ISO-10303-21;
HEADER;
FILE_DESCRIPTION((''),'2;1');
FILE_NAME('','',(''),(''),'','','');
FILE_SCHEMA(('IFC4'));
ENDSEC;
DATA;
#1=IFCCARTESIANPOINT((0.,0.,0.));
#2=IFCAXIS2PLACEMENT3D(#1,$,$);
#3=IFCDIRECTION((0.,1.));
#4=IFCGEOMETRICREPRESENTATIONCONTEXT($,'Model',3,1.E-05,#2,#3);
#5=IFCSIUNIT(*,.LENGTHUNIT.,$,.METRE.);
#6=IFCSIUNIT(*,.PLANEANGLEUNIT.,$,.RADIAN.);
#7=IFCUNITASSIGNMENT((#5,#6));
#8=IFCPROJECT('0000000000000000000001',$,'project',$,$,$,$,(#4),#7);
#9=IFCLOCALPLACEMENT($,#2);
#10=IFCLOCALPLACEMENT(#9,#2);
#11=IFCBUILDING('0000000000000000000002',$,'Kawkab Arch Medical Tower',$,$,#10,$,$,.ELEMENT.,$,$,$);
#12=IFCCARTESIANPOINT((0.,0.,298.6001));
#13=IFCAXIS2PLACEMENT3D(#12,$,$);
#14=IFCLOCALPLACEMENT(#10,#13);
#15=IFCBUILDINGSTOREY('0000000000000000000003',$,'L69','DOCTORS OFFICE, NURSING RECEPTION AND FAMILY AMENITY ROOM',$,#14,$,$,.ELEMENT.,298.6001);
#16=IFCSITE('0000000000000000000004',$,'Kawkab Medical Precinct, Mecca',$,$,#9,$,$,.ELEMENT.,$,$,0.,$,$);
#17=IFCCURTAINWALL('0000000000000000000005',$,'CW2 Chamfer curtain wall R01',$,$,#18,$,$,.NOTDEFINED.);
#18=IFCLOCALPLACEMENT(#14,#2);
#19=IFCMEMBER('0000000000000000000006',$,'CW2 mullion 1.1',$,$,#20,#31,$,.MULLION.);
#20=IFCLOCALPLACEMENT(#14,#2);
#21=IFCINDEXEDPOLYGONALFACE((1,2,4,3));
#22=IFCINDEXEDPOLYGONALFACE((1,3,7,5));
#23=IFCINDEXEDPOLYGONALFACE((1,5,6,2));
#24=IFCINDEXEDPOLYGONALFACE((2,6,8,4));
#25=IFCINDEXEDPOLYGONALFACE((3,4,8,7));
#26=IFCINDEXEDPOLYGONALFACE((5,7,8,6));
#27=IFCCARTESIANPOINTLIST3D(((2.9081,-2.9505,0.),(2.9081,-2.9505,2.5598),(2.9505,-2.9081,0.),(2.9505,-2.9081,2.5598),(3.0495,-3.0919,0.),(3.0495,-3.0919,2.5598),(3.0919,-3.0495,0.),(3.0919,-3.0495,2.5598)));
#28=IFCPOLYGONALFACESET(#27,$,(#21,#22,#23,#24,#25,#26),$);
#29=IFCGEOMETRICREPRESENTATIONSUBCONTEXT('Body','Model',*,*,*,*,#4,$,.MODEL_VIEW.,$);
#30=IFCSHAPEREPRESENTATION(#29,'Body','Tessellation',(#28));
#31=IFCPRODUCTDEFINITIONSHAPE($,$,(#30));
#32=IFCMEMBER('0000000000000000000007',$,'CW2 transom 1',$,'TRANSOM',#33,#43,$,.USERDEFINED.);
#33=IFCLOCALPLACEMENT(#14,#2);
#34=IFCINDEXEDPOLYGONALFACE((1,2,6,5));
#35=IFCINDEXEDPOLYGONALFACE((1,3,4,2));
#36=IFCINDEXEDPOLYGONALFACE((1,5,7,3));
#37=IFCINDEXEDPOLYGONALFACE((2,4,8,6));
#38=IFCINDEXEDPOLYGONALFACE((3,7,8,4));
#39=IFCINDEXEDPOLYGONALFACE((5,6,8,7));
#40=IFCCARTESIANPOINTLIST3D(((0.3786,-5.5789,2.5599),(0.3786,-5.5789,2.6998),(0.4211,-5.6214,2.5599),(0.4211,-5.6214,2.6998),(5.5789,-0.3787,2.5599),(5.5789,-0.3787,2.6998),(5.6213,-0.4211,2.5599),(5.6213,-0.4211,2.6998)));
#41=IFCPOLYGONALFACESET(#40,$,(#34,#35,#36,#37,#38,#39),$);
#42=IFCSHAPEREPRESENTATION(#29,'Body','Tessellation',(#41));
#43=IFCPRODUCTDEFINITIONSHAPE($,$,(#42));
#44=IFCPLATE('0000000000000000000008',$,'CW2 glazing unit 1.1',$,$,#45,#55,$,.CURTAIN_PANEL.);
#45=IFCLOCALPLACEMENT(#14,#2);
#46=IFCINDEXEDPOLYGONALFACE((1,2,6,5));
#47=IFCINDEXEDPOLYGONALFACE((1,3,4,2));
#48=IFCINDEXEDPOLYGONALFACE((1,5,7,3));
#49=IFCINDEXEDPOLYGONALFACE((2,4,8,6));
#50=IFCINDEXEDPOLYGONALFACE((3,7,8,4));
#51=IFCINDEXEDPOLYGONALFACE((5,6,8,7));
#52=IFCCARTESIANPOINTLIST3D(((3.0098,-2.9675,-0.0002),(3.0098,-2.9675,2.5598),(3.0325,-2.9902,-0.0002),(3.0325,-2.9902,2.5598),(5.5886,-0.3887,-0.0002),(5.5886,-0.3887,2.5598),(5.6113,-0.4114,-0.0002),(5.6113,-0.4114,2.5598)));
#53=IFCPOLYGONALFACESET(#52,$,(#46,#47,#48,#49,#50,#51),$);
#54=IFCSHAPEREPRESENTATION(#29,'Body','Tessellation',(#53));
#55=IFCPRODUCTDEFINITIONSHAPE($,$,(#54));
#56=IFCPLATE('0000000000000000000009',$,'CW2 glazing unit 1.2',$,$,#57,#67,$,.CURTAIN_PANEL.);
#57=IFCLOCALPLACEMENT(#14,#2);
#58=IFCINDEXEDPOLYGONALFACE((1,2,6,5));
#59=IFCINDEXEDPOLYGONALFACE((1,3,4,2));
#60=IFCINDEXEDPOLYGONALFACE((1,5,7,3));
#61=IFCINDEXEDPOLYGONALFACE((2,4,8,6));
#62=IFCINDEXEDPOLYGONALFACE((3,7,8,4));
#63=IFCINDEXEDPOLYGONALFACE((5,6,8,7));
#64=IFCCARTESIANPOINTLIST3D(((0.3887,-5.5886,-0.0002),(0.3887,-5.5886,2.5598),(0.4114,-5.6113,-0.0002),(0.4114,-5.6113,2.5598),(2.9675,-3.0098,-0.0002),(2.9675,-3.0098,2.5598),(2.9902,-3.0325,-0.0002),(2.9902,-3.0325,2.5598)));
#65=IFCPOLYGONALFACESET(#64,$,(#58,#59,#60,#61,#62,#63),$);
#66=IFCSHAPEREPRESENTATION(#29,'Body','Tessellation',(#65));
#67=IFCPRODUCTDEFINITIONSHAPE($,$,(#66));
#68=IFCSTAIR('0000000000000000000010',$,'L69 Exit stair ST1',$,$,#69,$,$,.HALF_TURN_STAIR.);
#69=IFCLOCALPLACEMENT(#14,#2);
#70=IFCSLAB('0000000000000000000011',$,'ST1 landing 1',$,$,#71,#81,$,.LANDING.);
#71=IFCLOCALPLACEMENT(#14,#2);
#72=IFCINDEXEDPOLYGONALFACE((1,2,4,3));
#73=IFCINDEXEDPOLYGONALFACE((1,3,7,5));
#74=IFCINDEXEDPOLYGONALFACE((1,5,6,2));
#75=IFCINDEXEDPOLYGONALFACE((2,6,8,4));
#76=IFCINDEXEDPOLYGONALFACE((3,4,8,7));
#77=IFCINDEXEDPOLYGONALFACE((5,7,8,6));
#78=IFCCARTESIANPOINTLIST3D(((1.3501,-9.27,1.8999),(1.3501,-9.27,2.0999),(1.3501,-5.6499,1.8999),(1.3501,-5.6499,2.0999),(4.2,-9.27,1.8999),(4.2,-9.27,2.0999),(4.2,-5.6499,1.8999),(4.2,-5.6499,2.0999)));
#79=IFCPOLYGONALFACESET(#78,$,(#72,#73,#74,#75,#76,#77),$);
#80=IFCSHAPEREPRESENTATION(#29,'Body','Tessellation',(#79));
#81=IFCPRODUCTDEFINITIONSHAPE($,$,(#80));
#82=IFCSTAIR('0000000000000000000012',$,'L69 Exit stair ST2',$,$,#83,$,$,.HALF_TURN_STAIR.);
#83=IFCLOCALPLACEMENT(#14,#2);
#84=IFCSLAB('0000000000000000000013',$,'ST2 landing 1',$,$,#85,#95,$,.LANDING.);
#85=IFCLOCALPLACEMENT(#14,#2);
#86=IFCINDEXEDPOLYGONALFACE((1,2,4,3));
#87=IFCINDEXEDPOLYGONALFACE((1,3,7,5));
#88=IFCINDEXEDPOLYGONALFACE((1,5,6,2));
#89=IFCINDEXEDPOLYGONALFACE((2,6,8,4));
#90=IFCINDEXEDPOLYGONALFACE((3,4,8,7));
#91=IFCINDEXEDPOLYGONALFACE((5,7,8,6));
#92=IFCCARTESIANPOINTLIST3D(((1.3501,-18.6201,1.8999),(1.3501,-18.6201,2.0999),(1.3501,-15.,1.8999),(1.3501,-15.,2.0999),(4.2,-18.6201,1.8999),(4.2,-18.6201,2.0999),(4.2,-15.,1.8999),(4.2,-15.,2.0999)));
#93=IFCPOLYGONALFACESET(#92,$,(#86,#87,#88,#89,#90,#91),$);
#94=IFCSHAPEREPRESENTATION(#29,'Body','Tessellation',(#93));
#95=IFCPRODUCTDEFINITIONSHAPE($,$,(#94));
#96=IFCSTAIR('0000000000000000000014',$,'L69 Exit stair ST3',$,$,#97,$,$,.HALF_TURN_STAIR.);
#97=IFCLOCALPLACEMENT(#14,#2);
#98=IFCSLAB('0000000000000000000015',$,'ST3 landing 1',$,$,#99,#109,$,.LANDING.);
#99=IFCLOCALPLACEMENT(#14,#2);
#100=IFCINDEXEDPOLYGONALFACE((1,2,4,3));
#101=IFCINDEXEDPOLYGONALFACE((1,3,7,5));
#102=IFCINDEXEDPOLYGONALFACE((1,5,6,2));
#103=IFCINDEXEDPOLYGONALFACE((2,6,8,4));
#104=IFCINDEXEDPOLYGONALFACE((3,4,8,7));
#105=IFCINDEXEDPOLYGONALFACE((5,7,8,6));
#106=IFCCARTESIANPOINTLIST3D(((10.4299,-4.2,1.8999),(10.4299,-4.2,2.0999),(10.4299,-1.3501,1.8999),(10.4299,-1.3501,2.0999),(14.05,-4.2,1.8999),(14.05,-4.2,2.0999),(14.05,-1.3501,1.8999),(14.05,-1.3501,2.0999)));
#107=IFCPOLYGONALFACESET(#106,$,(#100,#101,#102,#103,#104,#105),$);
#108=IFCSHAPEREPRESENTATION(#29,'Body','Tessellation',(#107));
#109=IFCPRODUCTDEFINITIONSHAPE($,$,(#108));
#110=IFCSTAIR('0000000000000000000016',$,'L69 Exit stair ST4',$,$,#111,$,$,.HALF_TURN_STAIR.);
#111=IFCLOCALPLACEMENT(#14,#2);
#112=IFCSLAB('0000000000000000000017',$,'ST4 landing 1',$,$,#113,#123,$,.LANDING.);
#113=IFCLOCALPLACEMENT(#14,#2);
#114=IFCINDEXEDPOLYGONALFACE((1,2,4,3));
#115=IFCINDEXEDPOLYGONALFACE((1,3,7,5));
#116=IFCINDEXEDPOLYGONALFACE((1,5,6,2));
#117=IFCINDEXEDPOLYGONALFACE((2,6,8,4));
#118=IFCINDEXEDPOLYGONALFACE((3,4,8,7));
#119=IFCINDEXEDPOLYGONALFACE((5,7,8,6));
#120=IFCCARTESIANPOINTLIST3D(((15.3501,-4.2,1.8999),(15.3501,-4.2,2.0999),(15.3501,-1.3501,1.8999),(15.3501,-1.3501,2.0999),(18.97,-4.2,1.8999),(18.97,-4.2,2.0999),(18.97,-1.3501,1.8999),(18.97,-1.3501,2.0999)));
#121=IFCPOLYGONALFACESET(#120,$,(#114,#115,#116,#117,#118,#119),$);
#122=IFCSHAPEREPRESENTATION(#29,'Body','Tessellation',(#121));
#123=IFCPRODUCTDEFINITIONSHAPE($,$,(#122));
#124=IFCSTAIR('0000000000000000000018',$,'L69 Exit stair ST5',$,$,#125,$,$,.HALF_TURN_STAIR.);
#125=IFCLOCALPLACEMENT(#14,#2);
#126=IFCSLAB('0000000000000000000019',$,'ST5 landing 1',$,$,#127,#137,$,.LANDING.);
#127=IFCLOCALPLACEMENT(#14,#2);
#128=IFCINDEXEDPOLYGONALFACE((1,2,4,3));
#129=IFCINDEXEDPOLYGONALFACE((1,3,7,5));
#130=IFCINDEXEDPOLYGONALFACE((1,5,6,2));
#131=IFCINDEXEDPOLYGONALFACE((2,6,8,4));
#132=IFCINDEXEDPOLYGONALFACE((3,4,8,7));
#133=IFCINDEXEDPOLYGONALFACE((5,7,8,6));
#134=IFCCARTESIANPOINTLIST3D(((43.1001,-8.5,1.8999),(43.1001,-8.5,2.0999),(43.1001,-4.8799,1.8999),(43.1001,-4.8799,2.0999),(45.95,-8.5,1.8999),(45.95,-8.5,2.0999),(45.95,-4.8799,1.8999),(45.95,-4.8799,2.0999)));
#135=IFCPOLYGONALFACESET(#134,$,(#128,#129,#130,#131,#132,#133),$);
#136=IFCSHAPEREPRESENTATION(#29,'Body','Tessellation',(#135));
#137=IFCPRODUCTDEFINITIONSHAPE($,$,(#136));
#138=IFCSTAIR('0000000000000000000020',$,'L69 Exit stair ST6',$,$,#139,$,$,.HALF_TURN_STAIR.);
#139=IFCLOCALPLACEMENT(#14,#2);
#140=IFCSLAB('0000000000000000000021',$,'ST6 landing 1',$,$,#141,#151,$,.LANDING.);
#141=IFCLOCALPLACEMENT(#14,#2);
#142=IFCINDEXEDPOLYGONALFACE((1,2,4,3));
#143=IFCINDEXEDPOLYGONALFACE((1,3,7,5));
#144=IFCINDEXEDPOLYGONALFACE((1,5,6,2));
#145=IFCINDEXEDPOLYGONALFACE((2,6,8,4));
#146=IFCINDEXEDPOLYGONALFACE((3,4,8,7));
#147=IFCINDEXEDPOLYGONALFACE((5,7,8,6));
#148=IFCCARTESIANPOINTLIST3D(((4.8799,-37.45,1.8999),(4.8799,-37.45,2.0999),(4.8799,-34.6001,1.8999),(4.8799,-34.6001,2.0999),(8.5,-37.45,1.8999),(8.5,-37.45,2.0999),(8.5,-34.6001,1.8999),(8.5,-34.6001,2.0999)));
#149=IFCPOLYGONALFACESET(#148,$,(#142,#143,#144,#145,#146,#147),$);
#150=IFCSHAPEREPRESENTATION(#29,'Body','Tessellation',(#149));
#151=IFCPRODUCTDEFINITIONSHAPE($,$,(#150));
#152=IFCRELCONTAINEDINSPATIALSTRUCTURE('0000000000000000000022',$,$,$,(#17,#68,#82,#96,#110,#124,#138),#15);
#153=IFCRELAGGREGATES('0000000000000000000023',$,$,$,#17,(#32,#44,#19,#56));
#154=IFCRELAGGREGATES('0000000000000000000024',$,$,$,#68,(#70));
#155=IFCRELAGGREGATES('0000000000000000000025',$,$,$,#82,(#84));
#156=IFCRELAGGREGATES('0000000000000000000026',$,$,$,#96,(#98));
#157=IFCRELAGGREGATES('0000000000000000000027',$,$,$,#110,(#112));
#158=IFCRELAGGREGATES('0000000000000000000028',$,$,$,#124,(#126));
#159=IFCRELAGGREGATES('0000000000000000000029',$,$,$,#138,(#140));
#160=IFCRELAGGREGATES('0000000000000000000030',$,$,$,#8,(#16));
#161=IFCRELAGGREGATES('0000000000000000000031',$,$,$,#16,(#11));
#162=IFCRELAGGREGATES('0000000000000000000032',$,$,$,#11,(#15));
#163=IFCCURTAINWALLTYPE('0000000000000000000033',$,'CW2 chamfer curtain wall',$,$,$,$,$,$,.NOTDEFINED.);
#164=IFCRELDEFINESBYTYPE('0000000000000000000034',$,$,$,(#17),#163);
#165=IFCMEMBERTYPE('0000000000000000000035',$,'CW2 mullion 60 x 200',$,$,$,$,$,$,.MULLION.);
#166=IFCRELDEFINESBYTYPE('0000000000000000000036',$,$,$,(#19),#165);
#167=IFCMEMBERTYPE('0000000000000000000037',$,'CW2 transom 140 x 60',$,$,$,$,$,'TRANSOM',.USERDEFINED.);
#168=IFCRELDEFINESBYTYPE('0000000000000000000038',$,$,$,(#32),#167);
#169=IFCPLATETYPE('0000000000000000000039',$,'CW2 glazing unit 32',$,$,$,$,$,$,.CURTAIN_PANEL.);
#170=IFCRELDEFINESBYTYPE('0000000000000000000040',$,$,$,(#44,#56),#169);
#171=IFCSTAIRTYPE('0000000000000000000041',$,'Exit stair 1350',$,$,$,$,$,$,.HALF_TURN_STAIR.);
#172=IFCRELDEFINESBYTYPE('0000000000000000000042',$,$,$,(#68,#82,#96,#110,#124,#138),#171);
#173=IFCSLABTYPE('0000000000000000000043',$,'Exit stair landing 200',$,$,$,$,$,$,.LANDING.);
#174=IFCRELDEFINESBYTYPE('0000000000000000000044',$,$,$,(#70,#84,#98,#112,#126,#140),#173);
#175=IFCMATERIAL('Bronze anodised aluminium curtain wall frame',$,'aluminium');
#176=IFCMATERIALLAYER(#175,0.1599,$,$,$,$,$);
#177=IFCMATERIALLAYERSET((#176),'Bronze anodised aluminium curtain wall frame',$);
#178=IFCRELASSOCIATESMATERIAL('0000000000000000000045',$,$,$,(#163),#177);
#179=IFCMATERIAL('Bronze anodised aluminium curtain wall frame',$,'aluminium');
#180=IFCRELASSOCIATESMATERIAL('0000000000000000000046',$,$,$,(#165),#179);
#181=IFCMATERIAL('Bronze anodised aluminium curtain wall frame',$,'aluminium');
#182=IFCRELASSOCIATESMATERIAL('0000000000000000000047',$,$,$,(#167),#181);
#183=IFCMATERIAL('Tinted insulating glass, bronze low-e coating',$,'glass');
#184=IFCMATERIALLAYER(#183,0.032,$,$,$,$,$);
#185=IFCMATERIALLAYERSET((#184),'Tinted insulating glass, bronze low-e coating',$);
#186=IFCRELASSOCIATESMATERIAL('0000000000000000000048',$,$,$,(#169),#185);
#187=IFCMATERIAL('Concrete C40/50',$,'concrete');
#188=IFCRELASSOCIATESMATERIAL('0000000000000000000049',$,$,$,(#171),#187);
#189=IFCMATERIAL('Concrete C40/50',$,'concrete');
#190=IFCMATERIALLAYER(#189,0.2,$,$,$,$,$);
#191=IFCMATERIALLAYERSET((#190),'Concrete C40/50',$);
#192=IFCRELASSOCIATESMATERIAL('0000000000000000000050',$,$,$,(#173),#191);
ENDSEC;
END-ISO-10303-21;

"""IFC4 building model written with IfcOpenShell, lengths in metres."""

from ifc_helpers import new_model, si_unit, direction, frame, origin, origin_2d, place, context, subcontext, project, spatial, polyline, rectangle, outline, extrude, material, layer, layer_set, material_profile, profile_set, type_object, element, aggregate, save


model = new_model("IFC4")

# Units and contexts
model_context = context("Model", 3, precision=1e-05, world=origin(), true_north=direction((0.0, 1.0)))
body_context = subcontext(model_context, "Body", "Model", "MODEL_VIEW")
ifc_project = project(units=[si_unit("LENGTHUNIT", "METRE"), si_unit("PLANEANGLEUNIT", "RADIAN")], contexts=[model_context])

# Site, building, storey
site_placement = place(None, origin())
site = spatial("IfcSite", under=ifc_project, at=site_placement, Name="Kawkab Medical Precinct, Mecca", CompositionType="ELEMENT", RefElevation=0.0)
building_placement = place(site_placement, origin())
building = spatial("IfcBuilding", under=site, at=building_placement, Name="Kawkab Arch Medical Tower", CompositionType="ELEMENT")
storey_placement = place(building_placement, frame((0.0, 0.0, 298.6001)))
storey = spatial("IfcBuildingStorey", under=building, at=storey_placement, Name="L69", Description="DOCTORS OFFICE, NURSING RECEPTION AND FAMILY AMENITY ROOM", CompositionType="ELEMENT", Elevation=298.6001)

# Curtain wall, members, plates
ifc_material_1 = material(Name="Bronze anodised aluminium curtain wall frame", Category="aluminium")
ifc_layer_1 = layer(ifc_material_1, 0.1599)
ifc_layer_set_1 = layer_set([ifc_layer_1], Name="Bronze anodised aluminium curtain wall frame")
curtain_wall_type = type_object("IfcCurtainWallType", Name="CW2 chamfer curtain wall", PredefinedType="NOTDEFINED", material=ifc_layer_set_1)
placement_1 = place(storey_placement, origin())
curtain_wall = element("IfcCurtainWall", 1, at=placement_1, inside=storey, type_object=curtain_wall_type, Name="CW2 Chamfer curtain wall R01", PredefinedType="NOTDEFINED")
ifc_material_2 = material(Name="Bronze anodised aluminium curtain wall frame", Category="aluminium")
ifc_material_profile_1 = material_profile(ifc_material_2, rectangle(XDim=0.2, YDim=0.0601, at=origin_2d()), Name="AL 60x200")
ifc_profile_set_1 = profile_set([ifc_material_profile_1], Name="Bronze anodised aluminium curtain wall frame")
member_type_1 = type_object("IfcMemberType", Name="CW2 mullion 60 x 200", PredefinedType="MULLION", material=ifc_profile_set_1)
member_1_placement = place(storey_placement, frame((3.0, -3.0, 0.0), z_axis=(0.0, 0.0, 1.0), x_axis=(0.707107, -0.707107, 0.0)))
member_1 = element("IfcMember", 2, at=member_1_placement, type_object=member_type_1, Name="CW2 mullion 1.1", PredefinedType="MULLION", context=body_context, shape_type="SweptSolid", body=[
    extrude(rectangle(XDim=0.2, YDim=0.0601, at=origin_2d()), origin(), (0.0, 0.0, 1.0), 2.5598),
])
ifc_material_3 = material(Name="Bronze anodised aluminium curtain wall frame", Category="aluminium")
ifc_material_profile_2 = material_profile(ifc_material_3, rectangle(XDim=0.0601, YDim=0.1399, at=origin_2d()), Name="AL 60x140")
ifc_profile_set_2 = profile_set([ifc_material_profile_2], Name="Bronze anodised aluminium curtain wall frame")
member_type_2 = type_object("IfcMemberType", Name="CW2 transom 140 x 60", ElementType="TRANSOM", PredefinedType="USERDEFINED", material=ifc_profile_set_2)
member_2_placement = place(storey_placement, frame((5.6001, -0.3999, 2.6299), z_axis=(-0.707107, -0.707107, 0.0), x_axis=(0.707107, -0.707107, 0.0)))
member_2 = element("IfcMember", 3, at=member_2_placement, type_object=member_type_2, Name="CW2 transom 1", ObjectType="TRANSOM", PredefinedType="USERDEFINED", context=body_context, shape_type="SweptSolid", body=[
    extrude(rectangle(XDim=0.0601, YDim=0.1399, at=origin_2d()), origin(), (0.0, 0.0, 1.0), 7.3542),
])
ifc_material_4 = material(Name="Tinted insulating glass, bronze low-e coating", Category="glass")
ifc_layer_2 = layer(ifc_material_4, 0.032)
ifc_layer_set_2 = layer_set([ifc_layer_2], Name="Tinted insulating glass, bronze low-e coating")
plate_type = type_object("IfcPlateType", Name="CW2 glazing unit 32", PredefinedType="CURTAIN_PANEL", material=ifc_layer_set_2)
plate_1_placement = place(storey_placement, frame((4.3105, -1.6895, -0.0002), z_axis=(0.0, 0.0, 1.0), x_axis=(-0.707107, -0.707107, 0.0)))
plate_1 = element("IfcPlate", 4, at=plate_1_placement, type_object=plate_type, Name="CW2 glazing unit 1.1", PredefinedType="CURTAIN_PANEL", context=body_context, shape_type="SweptSolid", body=[
    extrude(rectangle(XDim=3.647, YDim=0.032, at=origin_2d()), origin(), (0.0, 0.0, 1.0), 2.5601),
])
plate_2_placement = place(storey_placement, frame((1.6895, -4.3105, -0.0002), z_axis=(0.0, 0.0, 1.0), x_axis=(-0.707107, -0.707107, 0.0)))
plate_2 = element("IfcPlate", 5, at=plate_2_placement, type_object=plate_type, Name="CW2 glazing unit 1.2", PredefinedType="CURTAIN_PANEL", context=body_context, shape_type="SweptSolid", body=[
    extrude(rectangle(XDim=3.647, YDim=0.032, at=origin_2d()), origin(), (0.0, 0.0, 1.0), 2.5601),
])
aggregate(curtain_wall, [member_2, plate_1, member_1, plate_2])

# Stairs, slabs
ifc_material_5 = material(Name="Concrete C40/50", Category="concrete")
stair_type = type_object("IfcStairType", Name="Exit stair 1350", PredefinedType="HALF_TURN_STAIR", material=ifc_material_5)
stair_1 = element("IfcStair", 6, at=placement_1, inside=storey, type_object=stair_type, Name="L69 Exit stair ST1", PredefinedType="HALF_TURN_STAIR")
ifc_material_6 = material(Name="Concrete C40/50", Category="concrete")
ifc_layer_3 = layer(ifc_material_6, 0.2)
ifc_layer_set_3 = layer_set([ifc_layer_3], Name="Concrete C40/50")
slab_type_1 = type_object("IfcSlabType", Name="Exit stair landing 200", PredefinedType="LANDING", material=ifc_layer_set_3)
placement_2 = place(storey_placement, frame((0.0, 0.0, 1.8999)))
slab_1 = element("IfcSlab", 7, at=placement_2, type_object=slab_type_1, Name="ST1 landing 1", PredefinedType="LANDING", context=body_context, shape_type="SweptSolid", body=[
    extrude(outline(polyline([(4.2, -9.27), (4.2, -5.6499), (1.3501, -5.6499), (1.3501, -9.27), (4.2, -9.27)])), origin(), (0.0, 0.0, 1.0), 0.2),
])
aggregate(stair_1, [slab_1])
stair_2 = element("IfcStair", 8, at=placement_1, inside=storey, type_object=stair_type, Name="L69 Exit stair ST2", PredefinedType="HALF_TURN_STAIR")
slab_2 = element("IfcSlab", 9, at=placement_2, type_object=slab_type_1, Name="ST2 landing 1", PredefinedType="LANDING", context=body_context, shape_type="SweptSolid", body=[
    extrude(outline(polyline([(4.2, -18.6201), (4.2, -15.0), (1.3501, -15.0), (1.3501, -18.6201), (4.2, -18.6201)])), origin(), (0.0, 0.0, 1.0), 0.2),
])
aggregate(stair_2, [slab_2])
stair_3 = element("IfcStair", 10, at=placement_1, inside=storey, type_object=stair_type, Name="L69 Exit stair ST3", PredefinedType="HALF_TURN_STAIR")
slab_3 = element("IfcSlab", 11, at=placement_2, type_object=slab_type_1, Name="ST3 landing 1", PredefinedType="LANDING", context=body_context, shape_type="SweptSolid", body=[
    extrude(outline(polyline([(10.4299, -4.2), (14.05, -4.2), (14.05, -1.3501), (10.4299, -1.3501), (10.4299, -4.2)])), origin(), (0.0, 0.0, 1.0), 0.2),
])
aggregate(stair_3, [slab_3])
stair_4 = element("IfcStair", 12, at=placement_1, inside=storey, type_object=stair_type, Name="L69 Exit stair ST4", PredefinedType="HALF_TURN_STAIR")
slab_4 = element("IfcSlab", 13, at=placement_2, type_object=slab_type_1, Name="ST4 landing 1", PredefinedType="LANDING", context=body_context, shape_type="SweptSolid", body=[
    extrude(outline(polyline([(18.97, -1.3501), (15.3501, -1.3501), (15.3501, -4.2), (18.97, -4.2), (18.97, -1.3501)])), origin(), (0.0, 0.0, 1.0), 0.2),
])
aggregate(stair_4, [slab_4])
stair_5 = element("IfcStair", 14, at=placement_1, inside=storey, type_object=stair_type, Name="L69 Exit stair ST5", PredefinedType="HALF_TURN_STAIR")
slab_5 = element("IfcSlab", 15, at=placement_2, type_object=slab_type_1, Name="ST5 landing 1", PredefinedType="LANDING", context=body_context, shape_type="SweptSolid", body=[
    extrude(outline(polyline([(43.1001, -4.8799), (43.1001, -8.5), (45.95, -8.5), (45.95, -4.8799), (43.1001, -4.8799)])), origin(), (0.0, 0.0, 1.0), 0.2),
])
aggregate(stair_5, [slab_5])
stair_6 = element("IfcStair", 16, at=placement_1, inside=storey, type_object=stair_type, Name="L69 Exit stair ST6", PredefinedType="HALF_TURN_STAIR")
slab_6 = element("IfcSlab", 17, at=placement_2, type_object=slab_type_1, Name="ST6 landing 1", PredefinedType="LANDING", context=body_context, shape_type="SweptSolid", body=[
    extrude(outline(polyline([(4.8799, -37.45), (8.5, -37.45), (8.5, -34.6001), (4.8799, -34.6001), (4.8799, -37.45)])), origin(), (0.0, 0.0, 1.0), 0.2),
])
aggregate(stair_6, [slab_6])

save(model, "model.ifc")
